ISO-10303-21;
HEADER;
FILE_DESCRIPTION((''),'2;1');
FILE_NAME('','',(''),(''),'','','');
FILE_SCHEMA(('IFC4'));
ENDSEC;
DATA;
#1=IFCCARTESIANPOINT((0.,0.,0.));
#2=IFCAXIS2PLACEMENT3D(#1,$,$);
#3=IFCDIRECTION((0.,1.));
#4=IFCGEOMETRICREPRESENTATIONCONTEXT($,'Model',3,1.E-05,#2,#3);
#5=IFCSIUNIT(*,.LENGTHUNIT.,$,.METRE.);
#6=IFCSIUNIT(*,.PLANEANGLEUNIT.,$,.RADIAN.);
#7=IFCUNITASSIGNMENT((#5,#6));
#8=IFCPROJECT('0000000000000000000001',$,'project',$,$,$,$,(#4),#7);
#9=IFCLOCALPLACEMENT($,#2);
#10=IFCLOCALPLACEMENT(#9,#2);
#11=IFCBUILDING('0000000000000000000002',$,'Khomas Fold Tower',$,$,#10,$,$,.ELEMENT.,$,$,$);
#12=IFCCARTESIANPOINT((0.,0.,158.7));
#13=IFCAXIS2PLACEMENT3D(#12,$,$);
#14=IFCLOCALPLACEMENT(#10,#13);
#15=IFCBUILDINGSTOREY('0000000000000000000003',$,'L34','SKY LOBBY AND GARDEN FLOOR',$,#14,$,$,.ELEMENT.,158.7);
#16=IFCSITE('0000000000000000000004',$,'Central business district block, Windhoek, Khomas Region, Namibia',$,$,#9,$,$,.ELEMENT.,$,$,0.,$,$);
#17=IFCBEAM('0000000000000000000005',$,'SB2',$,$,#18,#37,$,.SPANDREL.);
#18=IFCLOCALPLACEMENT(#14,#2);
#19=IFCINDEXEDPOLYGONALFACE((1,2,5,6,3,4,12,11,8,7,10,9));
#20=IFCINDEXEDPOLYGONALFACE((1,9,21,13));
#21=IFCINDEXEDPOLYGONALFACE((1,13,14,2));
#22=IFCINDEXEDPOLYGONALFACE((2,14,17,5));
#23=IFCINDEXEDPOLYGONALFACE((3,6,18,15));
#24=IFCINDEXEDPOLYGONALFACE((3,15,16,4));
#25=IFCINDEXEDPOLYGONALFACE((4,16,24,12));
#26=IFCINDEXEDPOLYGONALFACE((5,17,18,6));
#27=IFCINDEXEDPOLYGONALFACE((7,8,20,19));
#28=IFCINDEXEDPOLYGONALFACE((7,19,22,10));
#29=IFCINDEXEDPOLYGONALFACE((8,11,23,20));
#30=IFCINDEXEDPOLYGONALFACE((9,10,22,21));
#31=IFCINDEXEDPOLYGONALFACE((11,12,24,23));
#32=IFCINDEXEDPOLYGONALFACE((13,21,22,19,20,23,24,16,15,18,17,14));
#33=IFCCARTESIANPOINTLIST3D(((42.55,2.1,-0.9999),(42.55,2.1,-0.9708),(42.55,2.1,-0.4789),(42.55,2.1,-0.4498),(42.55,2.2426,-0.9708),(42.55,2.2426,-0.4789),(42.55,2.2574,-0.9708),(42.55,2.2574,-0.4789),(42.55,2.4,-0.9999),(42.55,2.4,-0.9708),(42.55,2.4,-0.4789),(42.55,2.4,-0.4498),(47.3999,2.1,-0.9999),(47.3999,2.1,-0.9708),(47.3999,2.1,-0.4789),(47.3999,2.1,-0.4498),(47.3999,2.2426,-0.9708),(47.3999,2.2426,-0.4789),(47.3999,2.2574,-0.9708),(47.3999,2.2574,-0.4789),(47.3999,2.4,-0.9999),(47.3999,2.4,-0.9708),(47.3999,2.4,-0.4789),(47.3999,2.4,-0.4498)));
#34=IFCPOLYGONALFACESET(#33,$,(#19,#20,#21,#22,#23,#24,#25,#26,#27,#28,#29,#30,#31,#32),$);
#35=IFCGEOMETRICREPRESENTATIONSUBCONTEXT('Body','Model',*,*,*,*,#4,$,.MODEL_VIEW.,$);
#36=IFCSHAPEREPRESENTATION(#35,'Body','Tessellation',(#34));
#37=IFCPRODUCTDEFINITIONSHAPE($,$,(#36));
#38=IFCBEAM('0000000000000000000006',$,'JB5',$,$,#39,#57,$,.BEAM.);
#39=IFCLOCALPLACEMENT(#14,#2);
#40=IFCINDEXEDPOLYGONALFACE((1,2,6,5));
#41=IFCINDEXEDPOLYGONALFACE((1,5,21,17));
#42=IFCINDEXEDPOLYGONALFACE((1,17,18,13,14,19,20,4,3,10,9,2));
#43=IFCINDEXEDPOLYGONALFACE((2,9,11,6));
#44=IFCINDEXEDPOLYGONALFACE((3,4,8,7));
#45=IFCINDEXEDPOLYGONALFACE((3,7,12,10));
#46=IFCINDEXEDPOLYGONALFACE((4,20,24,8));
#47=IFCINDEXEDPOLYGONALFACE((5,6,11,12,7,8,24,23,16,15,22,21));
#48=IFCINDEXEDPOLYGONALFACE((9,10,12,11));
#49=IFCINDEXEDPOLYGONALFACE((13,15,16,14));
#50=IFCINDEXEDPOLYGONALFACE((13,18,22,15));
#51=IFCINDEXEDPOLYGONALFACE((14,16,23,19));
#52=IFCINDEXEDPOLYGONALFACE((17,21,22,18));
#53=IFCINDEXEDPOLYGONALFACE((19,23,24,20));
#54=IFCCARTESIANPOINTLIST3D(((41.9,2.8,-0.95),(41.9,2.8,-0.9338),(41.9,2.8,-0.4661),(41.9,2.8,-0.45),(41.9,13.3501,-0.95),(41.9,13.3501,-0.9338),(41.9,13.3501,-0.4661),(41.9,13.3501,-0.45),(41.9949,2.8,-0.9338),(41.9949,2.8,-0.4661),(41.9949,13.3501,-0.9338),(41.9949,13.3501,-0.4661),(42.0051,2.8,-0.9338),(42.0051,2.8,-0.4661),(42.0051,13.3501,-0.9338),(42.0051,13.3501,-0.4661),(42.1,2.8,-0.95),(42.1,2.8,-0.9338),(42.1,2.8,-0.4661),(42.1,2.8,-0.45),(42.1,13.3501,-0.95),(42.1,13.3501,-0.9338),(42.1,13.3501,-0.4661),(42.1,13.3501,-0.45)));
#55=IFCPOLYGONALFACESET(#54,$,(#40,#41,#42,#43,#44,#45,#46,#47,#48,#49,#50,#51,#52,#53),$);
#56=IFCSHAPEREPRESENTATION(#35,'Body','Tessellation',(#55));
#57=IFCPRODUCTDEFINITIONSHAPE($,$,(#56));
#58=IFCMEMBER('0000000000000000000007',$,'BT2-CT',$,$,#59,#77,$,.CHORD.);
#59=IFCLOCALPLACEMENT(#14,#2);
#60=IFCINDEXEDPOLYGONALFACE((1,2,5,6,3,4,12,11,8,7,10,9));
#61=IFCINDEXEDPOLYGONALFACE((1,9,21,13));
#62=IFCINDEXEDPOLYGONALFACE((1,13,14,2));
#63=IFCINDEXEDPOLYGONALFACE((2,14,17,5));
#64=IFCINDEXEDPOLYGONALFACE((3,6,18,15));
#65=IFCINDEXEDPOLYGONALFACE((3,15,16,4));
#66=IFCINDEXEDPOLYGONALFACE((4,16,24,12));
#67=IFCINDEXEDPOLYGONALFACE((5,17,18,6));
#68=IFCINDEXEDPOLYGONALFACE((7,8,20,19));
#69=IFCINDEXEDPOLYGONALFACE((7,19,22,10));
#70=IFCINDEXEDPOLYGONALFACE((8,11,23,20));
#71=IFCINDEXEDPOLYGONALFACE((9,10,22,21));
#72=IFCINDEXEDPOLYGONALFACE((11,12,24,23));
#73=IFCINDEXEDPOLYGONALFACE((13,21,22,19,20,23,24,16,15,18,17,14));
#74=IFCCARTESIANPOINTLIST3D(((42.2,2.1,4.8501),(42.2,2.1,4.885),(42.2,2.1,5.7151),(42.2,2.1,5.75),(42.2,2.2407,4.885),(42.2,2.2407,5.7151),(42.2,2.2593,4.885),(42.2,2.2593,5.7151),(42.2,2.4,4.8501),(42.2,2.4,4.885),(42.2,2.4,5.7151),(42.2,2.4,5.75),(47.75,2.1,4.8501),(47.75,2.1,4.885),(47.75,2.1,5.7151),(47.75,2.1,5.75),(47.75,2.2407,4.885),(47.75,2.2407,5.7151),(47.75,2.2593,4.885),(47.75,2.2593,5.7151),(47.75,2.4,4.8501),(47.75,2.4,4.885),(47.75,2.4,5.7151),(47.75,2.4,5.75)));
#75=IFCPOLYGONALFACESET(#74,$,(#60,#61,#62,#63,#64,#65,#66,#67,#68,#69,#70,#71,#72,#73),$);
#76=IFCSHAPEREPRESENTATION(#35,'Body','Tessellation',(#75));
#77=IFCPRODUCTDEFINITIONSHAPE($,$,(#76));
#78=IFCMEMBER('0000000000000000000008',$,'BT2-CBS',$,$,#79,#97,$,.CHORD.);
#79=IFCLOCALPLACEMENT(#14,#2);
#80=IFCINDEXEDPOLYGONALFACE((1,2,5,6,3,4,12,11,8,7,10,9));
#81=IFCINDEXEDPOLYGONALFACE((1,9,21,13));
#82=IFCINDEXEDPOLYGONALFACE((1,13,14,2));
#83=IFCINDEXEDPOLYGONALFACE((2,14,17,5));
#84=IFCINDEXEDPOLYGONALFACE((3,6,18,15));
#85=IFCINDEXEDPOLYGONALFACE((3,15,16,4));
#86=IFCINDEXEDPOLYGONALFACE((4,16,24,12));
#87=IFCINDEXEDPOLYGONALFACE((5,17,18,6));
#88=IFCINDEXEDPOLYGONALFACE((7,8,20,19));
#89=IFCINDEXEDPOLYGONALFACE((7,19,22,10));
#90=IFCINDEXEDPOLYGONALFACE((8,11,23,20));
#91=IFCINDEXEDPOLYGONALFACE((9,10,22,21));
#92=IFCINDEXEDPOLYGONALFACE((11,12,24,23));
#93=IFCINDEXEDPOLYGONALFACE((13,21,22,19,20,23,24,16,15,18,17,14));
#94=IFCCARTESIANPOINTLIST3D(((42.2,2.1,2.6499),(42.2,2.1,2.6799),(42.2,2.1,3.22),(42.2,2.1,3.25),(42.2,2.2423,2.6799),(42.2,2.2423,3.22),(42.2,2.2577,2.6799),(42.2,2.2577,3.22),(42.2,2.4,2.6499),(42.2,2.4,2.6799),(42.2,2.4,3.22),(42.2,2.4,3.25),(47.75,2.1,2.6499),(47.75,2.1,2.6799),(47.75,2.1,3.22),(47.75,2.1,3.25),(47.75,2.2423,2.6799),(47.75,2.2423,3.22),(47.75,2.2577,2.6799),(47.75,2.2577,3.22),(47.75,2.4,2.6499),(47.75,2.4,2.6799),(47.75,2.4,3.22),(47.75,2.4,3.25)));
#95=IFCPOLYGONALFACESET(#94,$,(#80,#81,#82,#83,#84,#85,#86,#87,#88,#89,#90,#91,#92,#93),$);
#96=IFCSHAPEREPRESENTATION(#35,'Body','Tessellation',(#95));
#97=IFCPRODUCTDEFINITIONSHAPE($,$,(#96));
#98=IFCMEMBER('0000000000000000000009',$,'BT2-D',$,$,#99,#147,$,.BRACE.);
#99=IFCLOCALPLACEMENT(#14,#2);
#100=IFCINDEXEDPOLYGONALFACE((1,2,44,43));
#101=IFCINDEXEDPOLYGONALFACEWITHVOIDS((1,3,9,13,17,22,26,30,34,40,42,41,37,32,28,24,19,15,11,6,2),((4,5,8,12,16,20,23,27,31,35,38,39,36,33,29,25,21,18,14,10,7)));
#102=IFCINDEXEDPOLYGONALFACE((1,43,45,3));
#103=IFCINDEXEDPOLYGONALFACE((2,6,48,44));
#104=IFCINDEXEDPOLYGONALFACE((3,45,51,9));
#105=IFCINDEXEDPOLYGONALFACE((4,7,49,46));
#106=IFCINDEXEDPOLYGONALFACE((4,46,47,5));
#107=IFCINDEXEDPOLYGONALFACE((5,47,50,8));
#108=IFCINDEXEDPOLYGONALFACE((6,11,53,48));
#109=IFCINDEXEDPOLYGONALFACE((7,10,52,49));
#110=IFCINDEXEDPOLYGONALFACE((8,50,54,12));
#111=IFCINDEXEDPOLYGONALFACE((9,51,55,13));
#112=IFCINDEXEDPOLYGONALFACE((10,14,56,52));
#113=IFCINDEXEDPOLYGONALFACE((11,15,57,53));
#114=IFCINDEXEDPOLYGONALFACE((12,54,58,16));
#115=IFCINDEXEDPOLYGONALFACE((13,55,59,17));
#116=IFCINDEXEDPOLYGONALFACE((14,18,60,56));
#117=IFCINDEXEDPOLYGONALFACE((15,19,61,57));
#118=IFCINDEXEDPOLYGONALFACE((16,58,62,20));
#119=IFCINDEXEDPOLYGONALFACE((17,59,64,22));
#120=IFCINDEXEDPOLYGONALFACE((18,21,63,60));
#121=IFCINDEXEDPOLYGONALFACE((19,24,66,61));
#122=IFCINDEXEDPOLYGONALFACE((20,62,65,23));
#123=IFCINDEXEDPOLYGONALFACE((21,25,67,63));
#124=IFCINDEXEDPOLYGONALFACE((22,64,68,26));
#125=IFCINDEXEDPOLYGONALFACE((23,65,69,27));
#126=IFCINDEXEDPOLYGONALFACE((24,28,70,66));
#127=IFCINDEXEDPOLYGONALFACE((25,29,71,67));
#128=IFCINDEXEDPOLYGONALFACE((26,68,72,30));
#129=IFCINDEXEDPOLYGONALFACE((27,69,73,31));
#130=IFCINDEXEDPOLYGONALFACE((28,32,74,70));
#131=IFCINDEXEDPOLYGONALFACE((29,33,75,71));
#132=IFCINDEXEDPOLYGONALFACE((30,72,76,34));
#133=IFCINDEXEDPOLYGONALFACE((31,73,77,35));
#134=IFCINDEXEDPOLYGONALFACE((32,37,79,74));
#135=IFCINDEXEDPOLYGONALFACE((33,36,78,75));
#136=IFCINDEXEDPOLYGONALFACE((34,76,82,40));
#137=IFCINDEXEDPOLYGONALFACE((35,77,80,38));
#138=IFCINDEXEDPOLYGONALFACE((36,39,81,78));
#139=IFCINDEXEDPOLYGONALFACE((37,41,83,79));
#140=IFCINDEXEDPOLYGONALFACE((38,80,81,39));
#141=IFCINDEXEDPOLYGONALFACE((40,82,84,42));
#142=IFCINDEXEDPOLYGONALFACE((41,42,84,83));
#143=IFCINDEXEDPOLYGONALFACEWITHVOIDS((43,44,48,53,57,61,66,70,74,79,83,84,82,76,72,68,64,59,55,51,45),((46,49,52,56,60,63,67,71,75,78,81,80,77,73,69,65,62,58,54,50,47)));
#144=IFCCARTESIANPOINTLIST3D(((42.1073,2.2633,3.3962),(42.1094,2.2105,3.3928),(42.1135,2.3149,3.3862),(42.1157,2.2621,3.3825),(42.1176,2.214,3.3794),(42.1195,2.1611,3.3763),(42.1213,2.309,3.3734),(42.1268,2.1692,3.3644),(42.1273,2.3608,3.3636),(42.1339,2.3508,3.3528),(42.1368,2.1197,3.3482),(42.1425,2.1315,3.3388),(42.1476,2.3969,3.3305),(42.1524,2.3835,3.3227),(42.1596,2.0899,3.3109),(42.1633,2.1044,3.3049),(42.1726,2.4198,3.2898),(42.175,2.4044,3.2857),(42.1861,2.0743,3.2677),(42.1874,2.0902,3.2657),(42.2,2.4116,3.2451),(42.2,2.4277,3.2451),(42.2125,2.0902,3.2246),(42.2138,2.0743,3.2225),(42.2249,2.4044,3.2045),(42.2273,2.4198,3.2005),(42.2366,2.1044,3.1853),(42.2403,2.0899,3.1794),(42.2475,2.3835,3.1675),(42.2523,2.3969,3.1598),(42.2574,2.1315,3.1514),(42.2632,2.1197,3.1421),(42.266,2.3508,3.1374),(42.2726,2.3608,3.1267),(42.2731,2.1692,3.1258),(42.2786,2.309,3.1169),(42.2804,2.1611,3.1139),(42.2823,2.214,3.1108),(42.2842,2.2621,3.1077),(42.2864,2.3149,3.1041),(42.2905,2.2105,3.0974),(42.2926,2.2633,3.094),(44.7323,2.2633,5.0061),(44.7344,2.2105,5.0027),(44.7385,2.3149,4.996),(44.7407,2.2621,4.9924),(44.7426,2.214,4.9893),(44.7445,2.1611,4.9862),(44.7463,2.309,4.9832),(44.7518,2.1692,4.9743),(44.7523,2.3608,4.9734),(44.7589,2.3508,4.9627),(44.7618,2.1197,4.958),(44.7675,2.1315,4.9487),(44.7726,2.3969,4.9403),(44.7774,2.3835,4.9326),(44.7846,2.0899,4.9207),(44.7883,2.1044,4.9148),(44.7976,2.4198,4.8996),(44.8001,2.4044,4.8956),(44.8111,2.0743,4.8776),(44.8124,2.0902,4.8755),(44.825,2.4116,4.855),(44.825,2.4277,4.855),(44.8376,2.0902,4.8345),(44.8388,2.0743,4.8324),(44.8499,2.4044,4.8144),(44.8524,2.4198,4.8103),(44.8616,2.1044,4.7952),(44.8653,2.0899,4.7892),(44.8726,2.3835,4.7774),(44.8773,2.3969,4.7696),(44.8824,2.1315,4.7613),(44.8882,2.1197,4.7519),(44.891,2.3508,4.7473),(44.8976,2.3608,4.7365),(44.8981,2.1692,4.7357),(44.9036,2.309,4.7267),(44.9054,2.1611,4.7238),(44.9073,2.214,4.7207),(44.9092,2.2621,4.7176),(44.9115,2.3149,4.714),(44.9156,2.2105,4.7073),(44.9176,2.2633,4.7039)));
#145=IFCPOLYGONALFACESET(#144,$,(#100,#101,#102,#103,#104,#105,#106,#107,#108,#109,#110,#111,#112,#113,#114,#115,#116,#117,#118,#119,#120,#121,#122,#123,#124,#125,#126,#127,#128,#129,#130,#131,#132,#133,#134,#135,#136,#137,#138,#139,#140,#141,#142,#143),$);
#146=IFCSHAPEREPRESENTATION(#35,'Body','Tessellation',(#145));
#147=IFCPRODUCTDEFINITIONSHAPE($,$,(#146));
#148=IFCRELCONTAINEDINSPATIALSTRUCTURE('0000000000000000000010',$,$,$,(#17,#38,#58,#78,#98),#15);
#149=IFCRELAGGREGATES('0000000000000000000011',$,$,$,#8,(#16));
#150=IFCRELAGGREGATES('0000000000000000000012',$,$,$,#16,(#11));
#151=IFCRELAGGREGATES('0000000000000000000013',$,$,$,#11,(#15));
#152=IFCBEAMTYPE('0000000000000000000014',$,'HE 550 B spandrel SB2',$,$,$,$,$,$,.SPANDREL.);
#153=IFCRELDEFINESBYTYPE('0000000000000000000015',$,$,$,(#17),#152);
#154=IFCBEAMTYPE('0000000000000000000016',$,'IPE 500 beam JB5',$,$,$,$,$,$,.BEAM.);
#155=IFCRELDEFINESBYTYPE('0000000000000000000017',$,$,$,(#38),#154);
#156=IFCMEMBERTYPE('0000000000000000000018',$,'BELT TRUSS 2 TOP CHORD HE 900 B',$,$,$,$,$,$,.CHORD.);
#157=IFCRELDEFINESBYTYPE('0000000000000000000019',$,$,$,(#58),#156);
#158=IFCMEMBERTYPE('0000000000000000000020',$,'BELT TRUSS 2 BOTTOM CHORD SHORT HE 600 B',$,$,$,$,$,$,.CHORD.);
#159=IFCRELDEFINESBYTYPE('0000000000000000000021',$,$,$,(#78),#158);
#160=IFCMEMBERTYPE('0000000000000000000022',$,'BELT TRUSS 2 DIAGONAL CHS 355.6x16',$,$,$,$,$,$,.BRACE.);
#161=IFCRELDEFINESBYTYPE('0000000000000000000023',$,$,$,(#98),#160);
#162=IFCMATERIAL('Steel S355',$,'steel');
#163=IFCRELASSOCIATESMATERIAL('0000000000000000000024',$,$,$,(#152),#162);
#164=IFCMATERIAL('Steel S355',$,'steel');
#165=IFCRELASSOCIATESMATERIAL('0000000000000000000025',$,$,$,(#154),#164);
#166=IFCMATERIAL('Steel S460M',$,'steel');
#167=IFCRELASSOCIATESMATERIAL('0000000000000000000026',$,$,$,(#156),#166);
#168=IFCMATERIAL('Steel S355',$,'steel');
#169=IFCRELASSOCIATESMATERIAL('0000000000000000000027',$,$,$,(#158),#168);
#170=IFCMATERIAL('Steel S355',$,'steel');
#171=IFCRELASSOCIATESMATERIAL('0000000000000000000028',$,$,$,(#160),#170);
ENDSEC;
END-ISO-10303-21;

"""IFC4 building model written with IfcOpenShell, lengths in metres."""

from ifc_helpers import new_model, si_unit, direction, frame, origin, origin_2d, place, context, subcontext, project, spatial, hollow_circle, i_section, extrude, source, transform, mapped, material, material_profile, profile_set, type_object, element, save


model = new_model("IFC4")

# Units and contexts
model_context = context("Model", 3, precision=1e-05, world=origin(), true_north=direction((0.0, 1.0)))
body_context = subcontext(model_context, "Body", "Model", "MODEL_VIEW")
ifc_project = project(units=[si_unit("LENGTHUNIT", "METRE"), si_unit("PLANEANGLEUNIT", "RADIAN")], contexts=[model_context])

# Site, building, storey
site_placement = place(None, origin())
site = spatial("IfcSite", under=ifc_project, at=site_placement, Name="Central business district block, Windhoek, Khomas Region, Namibia", CompositionType="ELEMENT", RefElevation=0.0)
building_placement = place(site_placement, origin())
building = spatial("IfcBuilding", under=site, at=building_placement, Name="Khomas Fold Tower", CompositionType="ELEMENT")
storey_placement = place(building_placement, frame((0.0, 0.0, 158.7)))
storey = spatial("IfcBuildingStorey", under=building, at=storey_placement, Name="L34", Description="SKY LOBBY AND GARDEN FLOOR", CompositionType="ELEMENT", Elevation=158.7)

# Beams
ifc_material_1 = material(Name="Steel S355", Category="steel")
ifc_material_profile_1 = material_profile(ifc_material_1, i_section(OverallWidth=0.3, OverallDepth=0.55, WebThickness=0.0149, FlangeThickness=0.0291, at=origin_2d()), Name="HE 550 B")
ifc_profile_set_1 = profile_set([ifc_material_profile_1], Name="Steel S355")
beam_type_1 = type_object("IfcBeamType", Name="HE 550 B spandrel SB2", PredefinedType="SPANDREL", material=ifc_profile_set_1)
shared_shape_1 = source(origin(), body_context, "Body", "SweptSolid", [
    extrude(i_section(OverallWidth=0.3, OverallDepth=0.55, WebThickness=0.0149, FlangeThickness=0.0291, at=origin_2d()), origin(), (0.0, 0.0, 1.0), 4.8499),
])
beam_1_placement = place(storey_placement, frame((42.55, 2.25, -0.7249), z_axis=(1.0, 0.0, 0.0), x_axis=(0.0, 1.0, 0.0)))
element("IfcBeam", 1, at=beam_1_placement, inside=storey, type_object=beam_type_1, Name="SB2", PredefinedType="SPANDREL", context=body_context, shape_type="MappedRepresentation", body=[
    mapped(shared_shape_1, transform((0.0, 0.0, 0.0))),
])
ifc_material_2 = material(Name="Steel S355", Category="steel")
ifc_material_profile_2 = material_profile(ifc_material_2, i_section(OverallWidth=0.2, OverallDepth=0.5, WebThickness=0.0103, FlangeThickness=0.0161, at=origin_2d()), Name="IPE 500")
ifc_profile_set_2 = profile_set([ifc_material_profile_2], Name="Steel S355")
beam_type_2 = type_object("IfcBeamType", Name="IPE 500 beam JB5", PredefinedType="BEAM", material=ifc_profile_set_2)
shared_shape_2 = source(origin(), body_context, "Body", "SweptSolid", [
    extrude(i_section(OverallWidth=0.2, OverallDepth=0.5, WebThickness=0.0103, FlangeThickness=0.0161, at=origin_2d()), origin(), (0.0, 0.0, 1.0), 10.55),
])
beam_2_placement = place(storey_placement, frame((42.0, 2.8, -0.7), z_axis=(0.0, 1.0, 0.0), x_axis=(-1.0, 0.0, 0.0)))
element("IfcBeam", 2, at=beam_2_placement, inside=storey, type_object=beam_type_2, Name="JB5", PredefinedType="BEAM", context=body_context, shape_type="MappedRepresentation", body=[
    mapped(shared_shape_2, transform((0.0, 0.0, 0.0))),
])

# Members
ifc_material_3 = material(Name="Steel S460M", Category="steel")
ifc_material_profile_3 = material_profile(ifc_material_3, i_section(OverallWidth=0.3, OverallDepth=0.8999, WebThickness=0.0186, FlangeThickness=0.0349, at=origin_2d()), Name="HE 900 B")
ifc_profile_set_3 = profile_set([ifc_material_profile_3], Name="Steel S460M")
member_type_1 = type_object("IfcMemberType", Name="BELT TRUSS 2 TOP CHORD HE 900 B", PredefinedType="CHORD", material=ifc_profile_set_3)
shared_shape_3 = source(origin(), body_context, "Body", "SweptSolid", [
    extrude(i_section(OverallWidth=0.3, OverallDepth=0.8999, WebThickness=0.0186, FlangeThickness=0.0349, at=origin_2d()), origin(), (0.0, 0.0, 1.0), 5.55),
])
member_1_placement = place(storey_placement, frame((42.2, 2.25, 5.3), z_axis=(1.0, 0.0, 0.0), x_axis=(0.0, 1.0, 0.0)))
element("IfcMember", 3, at=member_1_placement, inside=storey, type_object=member_type_1, Name="BT2-CT", PredefinedType="CHORD", context=body_context, shape_type="MappedRepresentation", body=[
    mapped(shared_shape_3, transform((0.0, 0.0, 0.0))),
])
ifc_material_4 = material(Name="Steel S355", Category="steel")
ifc_material_profile_4 = material_profile(ifc_material_4, i_section(OverallWidth=0.3, OverallDepth=0.6001, WebThickness=0.0154, FlangeThickness=0.03, at=origin_2d()), Name="HE 600 B")
ifc_profile_set_4 = profile_set([ifc_material_profile_4], Name="Steel S355")
member_type_2 = type_object("IfcMemberType", Name="BELT TRUSS 2 BOTTOM CHORD SHORT HE 600 B", PredefinedType="CHORD", material=ifc_profile_set_4)
shared_shape_4 = source(origin(), body_context, "Body", "SweptSolid", [
    extrude(i_section(OverallWidth=0.3, OverallDepth=0.6001, WebThickness=0.0154, FlangeThickness=0.03, at=origin_2d()), origin(), (0.0, 0.0, 1.0), 5.55),
])
member_2_placement = place(storey_placement, frame((42.2, 2.25, 2.95), z_axis=(1.0, 0.0, 0.0), x_axis=(0.0, 1.0, 0.0)))
element("IfcMember", 4, at=member_2_placement, inside=storey, type_object=member_type_2, Name="BT2-CBS", PredefinedType="CHORD", context=body_context, shape_type="MappedRepresentation", body=[
    mapped(shared_shape_4, transform((0.0, 0.0, 0.0))),
])
ifc_material_5 = material(Name="Steel S355", Category="steel")
ifc_material_profile_5 = material_profile(ifc_material_5, hollow_circle(Radius=0.1777, WallThickness=0.0161, at=origin_2d()), Name="CHS 355.6x16")
ifc_profile_set_5 = profile_set([ifc_material_profile_5], Name="Steel S355")
member_type_3 = type_object("IfcMemberType", Name="BELT TRUSS 2 DIAGONAL CHS 355.6x16", PredefinedType="BRACE", material=ifc_profile_set_5)
shared_shape_5 = source(origin(), body_context, "Body", "SweptSolid", [
    extrude(hollow_circle(Radius=0.1777, WallThickness=0.0161, at=origin_2d()), origin(), (0.0, 0.0, 1.0), 3.0793),
])
for number, where, z_axis, x_axis, name in (
    (5, (42.2, 2.25, 3.2451), (0.852458, 0.0, 0.522796), (0.0, 1.0, 0.0), "BT2-D"),
):
    element("IfcMember", number, at=place(storey_placement, frame(where, z_axis=z_axis, x_axis=x_axis)), inside=storey, type_object=member_type_3, Name=name, PredefinedType="BRACE", context=body_context, shape_type="MappedRepresentation", body=[
        mapped(shared_shape_5, transform((0.0, 0.0, 0.0))),
    ])

save(model, "model.ifc")
